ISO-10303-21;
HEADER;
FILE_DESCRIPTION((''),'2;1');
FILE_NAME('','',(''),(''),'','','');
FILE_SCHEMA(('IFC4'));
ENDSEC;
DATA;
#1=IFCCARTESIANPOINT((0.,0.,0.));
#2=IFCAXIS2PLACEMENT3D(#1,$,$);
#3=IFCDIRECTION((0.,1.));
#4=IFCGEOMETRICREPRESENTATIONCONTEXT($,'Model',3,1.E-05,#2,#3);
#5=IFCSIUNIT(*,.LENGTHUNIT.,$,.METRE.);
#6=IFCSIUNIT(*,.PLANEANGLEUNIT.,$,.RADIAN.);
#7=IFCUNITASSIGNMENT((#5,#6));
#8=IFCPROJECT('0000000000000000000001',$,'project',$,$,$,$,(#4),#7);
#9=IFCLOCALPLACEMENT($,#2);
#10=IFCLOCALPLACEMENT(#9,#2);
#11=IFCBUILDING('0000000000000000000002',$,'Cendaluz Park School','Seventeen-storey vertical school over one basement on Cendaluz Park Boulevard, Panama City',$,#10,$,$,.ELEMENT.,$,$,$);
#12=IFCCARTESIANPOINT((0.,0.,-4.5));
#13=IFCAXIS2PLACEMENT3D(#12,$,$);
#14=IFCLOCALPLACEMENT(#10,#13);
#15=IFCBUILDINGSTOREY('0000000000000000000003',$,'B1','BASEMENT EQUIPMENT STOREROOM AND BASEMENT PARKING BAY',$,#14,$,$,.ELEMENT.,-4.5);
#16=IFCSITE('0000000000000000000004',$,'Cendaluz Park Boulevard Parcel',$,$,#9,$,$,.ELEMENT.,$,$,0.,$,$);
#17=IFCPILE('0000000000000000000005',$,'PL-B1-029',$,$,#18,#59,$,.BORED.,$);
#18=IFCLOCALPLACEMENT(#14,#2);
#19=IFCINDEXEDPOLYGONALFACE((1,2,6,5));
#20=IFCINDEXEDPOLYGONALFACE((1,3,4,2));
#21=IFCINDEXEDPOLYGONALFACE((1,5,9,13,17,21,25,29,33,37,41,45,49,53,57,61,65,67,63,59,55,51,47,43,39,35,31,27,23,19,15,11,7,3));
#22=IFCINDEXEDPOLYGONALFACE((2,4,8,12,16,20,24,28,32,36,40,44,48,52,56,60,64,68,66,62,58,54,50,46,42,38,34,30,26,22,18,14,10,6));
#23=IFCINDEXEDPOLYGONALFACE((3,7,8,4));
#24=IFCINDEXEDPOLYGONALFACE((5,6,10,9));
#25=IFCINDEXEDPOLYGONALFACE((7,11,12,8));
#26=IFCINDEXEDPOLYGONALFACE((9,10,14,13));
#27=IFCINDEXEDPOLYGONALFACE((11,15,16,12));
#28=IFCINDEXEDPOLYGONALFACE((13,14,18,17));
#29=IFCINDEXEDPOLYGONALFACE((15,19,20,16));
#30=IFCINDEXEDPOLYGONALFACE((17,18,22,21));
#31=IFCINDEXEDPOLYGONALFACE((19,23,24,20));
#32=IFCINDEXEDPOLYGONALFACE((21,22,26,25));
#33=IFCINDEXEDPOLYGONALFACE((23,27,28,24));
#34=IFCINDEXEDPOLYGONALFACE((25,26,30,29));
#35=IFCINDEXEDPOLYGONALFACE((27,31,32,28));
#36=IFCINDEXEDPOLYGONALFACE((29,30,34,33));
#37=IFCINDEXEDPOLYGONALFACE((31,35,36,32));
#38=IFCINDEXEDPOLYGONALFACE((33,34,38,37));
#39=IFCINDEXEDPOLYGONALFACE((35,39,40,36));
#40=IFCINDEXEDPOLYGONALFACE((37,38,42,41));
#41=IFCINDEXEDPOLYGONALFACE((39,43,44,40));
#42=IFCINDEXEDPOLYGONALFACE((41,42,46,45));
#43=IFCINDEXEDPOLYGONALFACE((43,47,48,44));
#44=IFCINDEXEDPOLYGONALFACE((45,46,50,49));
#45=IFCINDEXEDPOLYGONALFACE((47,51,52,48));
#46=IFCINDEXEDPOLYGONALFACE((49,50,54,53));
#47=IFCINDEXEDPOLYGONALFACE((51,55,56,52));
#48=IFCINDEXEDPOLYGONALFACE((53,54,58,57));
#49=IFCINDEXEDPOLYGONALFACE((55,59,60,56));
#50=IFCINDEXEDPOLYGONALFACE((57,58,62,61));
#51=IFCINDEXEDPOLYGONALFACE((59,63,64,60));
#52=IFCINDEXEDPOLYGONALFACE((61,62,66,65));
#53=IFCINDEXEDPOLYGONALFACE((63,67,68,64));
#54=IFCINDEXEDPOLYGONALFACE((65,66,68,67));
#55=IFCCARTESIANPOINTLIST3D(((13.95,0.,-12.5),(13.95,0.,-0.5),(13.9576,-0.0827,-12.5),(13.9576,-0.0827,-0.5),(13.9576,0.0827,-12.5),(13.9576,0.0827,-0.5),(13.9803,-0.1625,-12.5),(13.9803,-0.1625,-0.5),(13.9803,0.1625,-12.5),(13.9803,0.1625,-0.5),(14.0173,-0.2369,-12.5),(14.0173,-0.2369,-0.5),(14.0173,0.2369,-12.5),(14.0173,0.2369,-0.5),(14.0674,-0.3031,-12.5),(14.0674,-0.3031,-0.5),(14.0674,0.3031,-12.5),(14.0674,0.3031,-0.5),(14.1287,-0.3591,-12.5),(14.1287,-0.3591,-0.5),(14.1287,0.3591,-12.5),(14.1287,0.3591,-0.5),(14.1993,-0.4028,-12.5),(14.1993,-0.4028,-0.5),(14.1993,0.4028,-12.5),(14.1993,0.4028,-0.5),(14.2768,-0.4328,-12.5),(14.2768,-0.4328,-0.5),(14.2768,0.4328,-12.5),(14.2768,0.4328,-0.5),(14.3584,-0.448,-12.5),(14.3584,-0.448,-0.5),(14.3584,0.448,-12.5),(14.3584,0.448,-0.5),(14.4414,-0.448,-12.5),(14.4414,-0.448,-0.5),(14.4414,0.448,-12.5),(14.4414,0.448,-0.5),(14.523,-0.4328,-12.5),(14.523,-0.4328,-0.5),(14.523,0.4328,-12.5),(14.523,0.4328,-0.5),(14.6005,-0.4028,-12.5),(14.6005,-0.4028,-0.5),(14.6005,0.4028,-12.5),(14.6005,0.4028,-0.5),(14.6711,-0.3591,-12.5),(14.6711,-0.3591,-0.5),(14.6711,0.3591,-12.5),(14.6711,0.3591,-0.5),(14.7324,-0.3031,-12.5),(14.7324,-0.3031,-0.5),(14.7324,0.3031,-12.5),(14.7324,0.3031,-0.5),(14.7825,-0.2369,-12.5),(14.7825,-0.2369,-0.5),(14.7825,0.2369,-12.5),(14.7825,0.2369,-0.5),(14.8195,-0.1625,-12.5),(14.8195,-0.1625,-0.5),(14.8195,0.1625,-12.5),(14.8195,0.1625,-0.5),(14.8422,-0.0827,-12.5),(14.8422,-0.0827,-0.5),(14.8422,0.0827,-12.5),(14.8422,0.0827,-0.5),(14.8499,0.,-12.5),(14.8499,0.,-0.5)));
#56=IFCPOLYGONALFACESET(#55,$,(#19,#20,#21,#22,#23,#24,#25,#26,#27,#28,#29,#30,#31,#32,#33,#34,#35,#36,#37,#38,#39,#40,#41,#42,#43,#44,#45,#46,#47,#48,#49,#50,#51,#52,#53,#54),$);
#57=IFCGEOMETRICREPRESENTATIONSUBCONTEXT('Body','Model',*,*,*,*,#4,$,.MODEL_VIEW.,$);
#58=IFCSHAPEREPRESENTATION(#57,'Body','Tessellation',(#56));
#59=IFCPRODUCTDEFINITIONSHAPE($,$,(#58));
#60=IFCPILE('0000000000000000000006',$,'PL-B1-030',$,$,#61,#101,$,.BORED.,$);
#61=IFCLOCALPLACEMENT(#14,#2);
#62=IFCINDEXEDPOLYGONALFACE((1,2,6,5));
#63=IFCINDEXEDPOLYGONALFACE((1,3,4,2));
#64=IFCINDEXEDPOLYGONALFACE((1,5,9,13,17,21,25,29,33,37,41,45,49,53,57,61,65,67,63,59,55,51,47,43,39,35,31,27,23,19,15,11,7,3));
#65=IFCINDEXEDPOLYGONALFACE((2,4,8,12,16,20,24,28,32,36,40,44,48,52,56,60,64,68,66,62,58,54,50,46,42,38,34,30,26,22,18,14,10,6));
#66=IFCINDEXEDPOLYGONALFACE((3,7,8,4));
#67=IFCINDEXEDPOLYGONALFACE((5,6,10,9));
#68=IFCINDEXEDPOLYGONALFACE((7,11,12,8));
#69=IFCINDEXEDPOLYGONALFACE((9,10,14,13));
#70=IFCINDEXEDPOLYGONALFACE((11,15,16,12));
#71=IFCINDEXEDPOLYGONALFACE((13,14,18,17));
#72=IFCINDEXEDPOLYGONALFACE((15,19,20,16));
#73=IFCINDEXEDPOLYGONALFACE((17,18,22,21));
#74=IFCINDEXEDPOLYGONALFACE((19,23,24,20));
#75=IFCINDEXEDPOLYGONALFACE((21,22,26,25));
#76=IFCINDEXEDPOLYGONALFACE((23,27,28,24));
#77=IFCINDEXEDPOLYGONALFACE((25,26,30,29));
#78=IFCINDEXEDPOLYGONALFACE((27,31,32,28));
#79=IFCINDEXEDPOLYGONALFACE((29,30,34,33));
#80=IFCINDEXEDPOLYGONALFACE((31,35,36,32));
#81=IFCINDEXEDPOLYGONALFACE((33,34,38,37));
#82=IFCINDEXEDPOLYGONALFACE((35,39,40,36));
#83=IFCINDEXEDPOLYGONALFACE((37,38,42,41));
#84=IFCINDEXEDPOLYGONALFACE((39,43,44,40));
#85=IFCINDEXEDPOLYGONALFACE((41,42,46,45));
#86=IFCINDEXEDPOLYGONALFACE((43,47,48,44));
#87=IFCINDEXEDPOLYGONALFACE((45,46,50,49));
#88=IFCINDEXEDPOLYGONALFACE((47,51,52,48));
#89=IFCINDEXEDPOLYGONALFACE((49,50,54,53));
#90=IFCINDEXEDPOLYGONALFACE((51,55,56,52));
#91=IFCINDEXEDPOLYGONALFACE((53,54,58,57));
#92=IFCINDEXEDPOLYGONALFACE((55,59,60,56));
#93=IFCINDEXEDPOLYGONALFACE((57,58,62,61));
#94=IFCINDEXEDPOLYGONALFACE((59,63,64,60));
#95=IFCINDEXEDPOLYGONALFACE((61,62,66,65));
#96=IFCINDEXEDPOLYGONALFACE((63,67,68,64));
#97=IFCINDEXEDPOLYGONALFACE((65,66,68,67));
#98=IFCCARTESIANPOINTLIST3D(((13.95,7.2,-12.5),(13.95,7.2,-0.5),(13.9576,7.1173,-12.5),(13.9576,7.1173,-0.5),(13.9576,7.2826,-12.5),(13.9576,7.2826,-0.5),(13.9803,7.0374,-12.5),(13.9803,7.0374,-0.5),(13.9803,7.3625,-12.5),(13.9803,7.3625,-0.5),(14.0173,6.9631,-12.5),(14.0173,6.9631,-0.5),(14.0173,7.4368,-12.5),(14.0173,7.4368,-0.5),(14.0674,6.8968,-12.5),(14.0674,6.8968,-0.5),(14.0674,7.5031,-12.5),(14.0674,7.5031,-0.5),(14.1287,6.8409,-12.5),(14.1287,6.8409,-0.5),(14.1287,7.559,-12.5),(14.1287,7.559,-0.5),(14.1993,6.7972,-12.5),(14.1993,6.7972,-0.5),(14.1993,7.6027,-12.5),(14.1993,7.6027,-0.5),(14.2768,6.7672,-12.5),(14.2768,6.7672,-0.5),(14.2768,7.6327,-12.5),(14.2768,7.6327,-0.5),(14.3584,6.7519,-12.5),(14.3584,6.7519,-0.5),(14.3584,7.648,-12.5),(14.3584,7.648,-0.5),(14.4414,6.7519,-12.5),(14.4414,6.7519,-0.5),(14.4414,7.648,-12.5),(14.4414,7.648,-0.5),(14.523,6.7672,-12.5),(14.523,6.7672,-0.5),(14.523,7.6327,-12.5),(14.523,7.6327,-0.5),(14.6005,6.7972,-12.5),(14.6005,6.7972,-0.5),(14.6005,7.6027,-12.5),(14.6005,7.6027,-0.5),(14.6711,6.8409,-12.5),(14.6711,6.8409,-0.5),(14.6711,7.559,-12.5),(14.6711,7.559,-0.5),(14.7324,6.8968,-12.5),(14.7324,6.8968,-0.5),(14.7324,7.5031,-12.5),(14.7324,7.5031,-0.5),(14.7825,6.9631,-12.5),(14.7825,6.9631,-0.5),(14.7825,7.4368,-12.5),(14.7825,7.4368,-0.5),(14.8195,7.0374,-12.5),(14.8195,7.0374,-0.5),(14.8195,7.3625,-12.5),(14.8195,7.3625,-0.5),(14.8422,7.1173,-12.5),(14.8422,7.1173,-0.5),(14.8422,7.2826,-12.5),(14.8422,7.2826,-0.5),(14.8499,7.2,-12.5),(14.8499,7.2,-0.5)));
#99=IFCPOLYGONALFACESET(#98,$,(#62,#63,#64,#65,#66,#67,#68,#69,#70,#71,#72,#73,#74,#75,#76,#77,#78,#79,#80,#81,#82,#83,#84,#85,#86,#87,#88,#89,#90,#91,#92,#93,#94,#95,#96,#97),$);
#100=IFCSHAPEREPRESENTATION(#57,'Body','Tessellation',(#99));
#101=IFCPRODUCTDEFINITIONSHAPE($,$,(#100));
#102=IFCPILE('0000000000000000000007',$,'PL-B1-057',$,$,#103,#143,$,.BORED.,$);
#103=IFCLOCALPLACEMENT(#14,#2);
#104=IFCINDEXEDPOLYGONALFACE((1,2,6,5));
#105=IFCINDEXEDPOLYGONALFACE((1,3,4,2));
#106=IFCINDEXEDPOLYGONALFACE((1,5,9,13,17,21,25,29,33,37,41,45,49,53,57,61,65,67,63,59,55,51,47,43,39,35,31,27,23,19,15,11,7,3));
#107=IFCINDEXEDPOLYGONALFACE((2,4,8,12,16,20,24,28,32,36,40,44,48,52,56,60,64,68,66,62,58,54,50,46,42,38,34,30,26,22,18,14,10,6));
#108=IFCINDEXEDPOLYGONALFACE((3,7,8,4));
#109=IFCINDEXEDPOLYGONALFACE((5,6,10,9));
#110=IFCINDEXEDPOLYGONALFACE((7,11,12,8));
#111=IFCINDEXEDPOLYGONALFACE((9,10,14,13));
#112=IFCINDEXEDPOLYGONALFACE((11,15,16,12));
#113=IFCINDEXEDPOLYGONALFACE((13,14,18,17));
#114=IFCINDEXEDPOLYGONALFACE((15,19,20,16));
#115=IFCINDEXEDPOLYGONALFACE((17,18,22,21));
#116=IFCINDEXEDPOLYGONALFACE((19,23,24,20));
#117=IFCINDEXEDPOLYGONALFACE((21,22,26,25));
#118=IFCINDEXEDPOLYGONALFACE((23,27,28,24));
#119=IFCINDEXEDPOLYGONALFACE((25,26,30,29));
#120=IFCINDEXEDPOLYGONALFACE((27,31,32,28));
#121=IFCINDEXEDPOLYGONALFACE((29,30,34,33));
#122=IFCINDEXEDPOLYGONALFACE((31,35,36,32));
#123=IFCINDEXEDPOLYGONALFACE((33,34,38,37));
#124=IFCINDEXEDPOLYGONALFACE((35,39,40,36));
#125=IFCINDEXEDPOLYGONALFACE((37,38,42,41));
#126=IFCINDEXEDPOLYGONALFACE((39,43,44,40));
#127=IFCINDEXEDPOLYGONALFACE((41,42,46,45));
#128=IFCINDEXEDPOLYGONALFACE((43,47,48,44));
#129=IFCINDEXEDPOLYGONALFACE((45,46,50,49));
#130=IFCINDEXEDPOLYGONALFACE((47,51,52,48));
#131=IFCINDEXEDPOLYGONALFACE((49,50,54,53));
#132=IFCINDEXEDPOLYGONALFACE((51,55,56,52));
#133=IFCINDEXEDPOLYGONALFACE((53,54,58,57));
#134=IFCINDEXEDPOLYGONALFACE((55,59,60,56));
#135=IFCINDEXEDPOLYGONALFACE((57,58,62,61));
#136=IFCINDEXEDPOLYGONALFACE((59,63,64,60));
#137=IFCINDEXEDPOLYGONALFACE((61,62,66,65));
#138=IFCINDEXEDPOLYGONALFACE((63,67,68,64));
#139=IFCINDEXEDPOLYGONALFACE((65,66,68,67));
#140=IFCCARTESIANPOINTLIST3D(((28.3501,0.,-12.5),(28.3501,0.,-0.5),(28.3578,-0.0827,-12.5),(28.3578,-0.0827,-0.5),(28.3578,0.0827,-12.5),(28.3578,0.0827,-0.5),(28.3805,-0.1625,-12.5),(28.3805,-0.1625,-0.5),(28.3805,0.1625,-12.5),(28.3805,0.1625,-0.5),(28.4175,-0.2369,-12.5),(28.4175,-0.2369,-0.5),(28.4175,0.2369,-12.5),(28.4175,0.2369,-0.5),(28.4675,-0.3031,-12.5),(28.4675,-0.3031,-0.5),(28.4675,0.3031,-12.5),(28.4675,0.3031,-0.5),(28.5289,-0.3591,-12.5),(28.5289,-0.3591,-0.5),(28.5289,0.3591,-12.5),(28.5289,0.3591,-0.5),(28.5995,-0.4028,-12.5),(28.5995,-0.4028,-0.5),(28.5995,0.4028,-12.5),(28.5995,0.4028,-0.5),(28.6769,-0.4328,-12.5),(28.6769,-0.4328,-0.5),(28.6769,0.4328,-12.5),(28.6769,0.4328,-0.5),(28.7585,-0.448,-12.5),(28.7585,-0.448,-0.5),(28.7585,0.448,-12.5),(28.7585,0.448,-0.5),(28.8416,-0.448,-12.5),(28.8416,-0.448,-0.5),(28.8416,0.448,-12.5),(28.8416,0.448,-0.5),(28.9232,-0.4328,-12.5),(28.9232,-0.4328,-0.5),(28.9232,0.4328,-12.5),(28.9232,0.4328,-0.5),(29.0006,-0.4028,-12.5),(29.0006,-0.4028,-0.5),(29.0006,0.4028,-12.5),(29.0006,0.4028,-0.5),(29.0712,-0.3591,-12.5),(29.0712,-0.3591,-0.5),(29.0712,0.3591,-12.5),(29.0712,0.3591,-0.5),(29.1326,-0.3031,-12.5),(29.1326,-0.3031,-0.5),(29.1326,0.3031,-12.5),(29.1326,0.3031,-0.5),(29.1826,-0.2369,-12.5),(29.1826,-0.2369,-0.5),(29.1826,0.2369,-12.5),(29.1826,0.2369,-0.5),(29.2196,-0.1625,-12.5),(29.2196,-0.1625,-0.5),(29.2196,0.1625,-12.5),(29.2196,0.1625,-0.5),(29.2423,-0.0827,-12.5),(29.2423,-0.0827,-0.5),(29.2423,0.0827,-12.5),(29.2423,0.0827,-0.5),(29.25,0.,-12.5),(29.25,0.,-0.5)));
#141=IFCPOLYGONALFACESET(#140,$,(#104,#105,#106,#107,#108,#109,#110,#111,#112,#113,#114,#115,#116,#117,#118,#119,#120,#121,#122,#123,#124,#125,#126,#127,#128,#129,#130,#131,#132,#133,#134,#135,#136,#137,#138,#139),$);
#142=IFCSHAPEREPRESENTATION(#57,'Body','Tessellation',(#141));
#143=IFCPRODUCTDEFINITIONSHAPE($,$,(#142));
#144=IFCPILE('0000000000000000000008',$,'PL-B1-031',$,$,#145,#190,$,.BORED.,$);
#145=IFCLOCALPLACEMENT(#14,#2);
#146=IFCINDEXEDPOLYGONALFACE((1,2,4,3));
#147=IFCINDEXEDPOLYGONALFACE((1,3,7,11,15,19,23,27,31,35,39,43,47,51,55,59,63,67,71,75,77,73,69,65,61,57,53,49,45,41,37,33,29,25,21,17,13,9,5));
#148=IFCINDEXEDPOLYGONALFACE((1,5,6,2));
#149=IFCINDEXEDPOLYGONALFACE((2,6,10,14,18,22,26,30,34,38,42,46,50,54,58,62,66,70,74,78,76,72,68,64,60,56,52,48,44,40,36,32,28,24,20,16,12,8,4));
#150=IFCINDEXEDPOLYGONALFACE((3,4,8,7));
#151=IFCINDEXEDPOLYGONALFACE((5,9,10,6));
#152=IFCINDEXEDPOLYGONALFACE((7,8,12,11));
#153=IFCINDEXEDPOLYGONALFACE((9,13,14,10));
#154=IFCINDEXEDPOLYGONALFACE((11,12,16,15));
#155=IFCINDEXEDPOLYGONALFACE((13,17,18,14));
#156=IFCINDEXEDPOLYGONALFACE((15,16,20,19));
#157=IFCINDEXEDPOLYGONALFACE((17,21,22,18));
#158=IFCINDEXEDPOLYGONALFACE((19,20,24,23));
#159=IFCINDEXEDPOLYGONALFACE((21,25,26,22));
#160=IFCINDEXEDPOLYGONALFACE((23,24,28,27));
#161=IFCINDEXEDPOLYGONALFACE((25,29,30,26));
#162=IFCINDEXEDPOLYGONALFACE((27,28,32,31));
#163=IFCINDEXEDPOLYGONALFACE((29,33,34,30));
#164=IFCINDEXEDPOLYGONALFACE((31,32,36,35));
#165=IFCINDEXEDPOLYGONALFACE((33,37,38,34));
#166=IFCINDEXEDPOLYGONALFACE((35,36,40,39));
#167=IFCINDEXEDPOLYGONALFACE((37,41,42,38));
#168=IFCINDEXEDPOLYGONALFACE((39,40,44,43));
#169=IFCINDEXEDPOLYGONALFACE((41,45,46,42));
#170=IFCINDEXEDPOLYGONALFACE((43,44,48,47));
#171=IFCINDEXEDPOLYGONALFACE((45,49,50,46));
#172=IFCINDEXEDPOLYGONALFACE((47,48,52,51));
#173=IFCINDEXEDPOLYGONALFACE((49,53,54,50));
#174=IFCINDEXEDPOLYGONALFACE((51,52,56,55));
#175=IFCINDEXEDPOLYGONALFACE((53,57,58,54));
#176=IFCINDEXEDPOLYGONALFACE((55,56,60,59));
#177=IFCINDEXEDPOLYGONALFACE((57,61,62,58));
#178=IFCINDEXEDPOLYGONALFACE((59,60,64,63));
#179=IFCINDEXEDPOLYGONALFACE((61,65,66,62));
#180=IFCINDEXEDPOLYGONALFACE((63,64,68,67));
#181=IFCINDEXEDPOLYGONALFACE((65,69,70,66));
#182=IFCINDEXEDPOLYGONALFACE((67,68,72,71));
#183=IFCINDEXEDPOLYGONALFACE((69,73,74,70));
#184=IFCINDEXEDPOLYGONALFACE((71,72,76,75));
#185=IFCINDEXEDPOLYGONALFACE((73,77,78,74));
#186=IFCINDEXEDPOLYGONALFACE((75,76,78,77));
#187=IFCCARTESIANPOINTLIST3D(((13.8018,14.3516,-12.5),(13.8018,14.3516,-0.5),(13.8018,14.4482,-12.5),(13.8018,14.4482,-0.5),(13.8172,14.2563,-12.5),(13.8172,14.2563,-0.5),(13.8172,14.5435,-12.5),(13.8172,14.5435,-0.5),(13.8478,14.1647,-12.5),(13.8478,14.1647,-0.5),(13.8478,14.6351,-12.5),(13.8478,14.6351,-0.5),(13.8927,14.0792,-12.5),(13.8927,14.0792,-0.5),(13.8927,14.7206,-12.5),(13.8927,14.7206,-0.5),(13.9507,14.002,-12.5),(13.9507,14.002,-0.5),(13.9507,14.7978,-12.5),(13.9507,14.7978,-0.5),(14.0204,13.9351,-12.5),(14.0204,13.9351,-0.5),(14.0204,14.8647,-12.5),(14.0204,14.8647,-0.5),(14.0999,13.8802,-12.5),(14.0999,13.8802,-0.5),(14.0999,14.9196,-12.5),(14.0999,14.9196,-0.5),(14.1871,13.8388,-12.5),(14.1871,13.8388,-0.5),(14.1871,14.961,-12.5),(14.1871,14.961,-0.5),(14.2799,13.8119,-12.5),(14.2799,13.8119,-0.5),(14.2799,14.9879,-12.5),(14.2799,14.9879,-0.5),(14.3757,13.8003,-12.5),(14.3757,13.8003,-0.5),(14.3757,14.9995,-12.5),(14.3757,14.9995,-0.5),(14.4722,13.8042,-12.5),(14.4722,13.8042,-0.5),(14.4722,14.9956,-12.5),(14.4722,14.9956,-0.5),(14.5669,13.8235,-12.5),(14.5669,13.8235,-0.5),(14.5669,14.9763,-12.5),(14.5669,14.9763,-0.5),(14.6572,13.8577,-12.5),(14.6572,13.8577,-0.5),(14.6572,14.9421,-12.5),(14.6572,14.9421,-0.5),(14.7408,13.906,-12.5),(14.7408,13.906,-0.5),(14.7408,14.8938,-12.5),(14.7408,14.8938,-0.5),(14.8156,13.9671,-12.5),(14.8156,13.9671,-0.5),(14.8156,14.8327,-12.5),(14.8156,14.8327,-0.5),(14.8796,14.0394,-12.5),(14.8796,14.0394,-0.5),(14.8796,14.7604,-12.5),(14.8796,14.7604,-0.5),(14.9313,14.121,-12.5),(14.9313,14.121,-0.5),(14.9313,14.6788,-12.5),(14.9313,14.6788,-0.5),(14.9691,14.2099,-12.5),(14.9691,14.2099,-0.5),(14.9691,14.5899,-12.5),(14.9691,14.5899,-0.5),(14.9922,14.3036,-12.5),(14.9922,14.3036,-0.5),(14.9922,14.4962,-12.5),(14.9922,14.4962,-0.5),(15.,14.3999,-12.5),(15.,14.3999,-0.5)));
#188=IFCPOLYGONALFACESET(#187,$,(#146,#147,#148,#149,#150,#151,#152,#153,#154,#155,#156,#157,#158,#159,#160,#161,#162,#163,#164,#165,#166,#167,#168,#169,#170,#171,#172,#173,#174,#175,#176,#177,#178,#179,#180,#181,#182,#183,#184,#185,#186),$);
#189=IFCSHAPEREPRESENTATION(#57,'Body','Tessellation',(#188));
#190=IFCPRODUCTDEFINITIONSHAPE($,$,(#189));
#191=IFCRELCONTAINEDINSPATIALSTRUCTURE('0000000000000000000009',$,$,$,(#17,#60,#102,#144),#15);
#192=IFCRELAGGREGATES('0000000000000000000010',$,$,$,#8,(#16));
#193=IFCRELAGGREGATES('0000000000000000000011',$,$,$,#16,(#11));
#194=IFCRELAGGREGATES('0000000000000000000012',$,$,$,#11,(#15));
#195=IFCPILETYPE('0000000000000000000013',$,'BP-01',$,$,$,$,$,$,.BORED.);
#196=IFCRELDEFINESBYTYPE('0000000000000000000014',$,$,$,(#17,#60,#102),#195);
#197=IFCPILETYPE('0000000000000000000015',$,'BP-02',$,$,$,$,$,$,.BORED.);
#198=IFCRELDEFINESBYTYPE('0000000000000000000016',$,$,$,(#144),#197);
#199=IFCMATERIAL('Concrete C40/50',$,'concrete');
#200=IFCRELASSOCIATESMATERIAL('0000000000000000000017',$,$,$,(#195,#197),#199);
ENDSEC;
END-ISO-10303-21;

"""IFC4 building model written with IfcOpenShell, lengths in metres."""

from ifc_helpers import new_model, si_unit, direction, frame, origin, origin_2d, place, context, subcontext, project, spatial, circle, extrude, material, material_profile, profile_set, type_object, element, save


model = new_model("IFC4")

# Units and contexts
model_context = context("Model", 3, precision=1e-05, world=origin(), true_north=direction((0.0, 1.0)))
body_context = subcontext(model_context, "Body", "Model", "MODEL_VIEW")
ifc_project = project(units=[si_unit("LENGTHUNIT", "METRE"), si_unit("PLANEANGLEUNIT", "RADIAN")], contexts=[model_context])

# Site, building, storey
site_placement = place(None, origin())
site = spatial("IfcSite", under=ifc_project, at=site_placement, Name="Cendaluz Park Boulevard Parcel", CompositionType="ELEMENT", RefElevation=0.0)
building_placement = place(site_placement, origin())
building = spatial("IfcBuilding", under=site, at=building_placement, Name="Cendaluz Park School", Description="Seventeen-storey vertical school over one basement on Cendaluz Park Boulevard, Panama City", CompositionType="ELEMENT")
storey_placement = place(building_placement, frame((0.0, 0.0, -4.5)))
storey = spatial("IfcBuildingStorey", under=building, at=storey_placement, Name="B1", Description="BASEMENT EQUIPMENT STOREROOM AND BASEMENT PARKING BAY", CompositionType="ELEMENT", Elevation=-4.5)

# Piles
ifc_material_1 = material(Name="Concrete C40/50", Category="concrete")
ifc_material_profile_1 = material_profile(ifc_material_1, circle(Radius=0.45, at=origin_2d()), Name="BP D900", Category="concrete")
ifc_profile_set_1 = profile_set([ifc_material_profile_1], Name="Concrete C40/50")
pile_type_1 = type_object("IfcPileType", Name="BP-01", PredefinedType="BORED", material=ifc_profile_set_1)
for number, where, z_axis, x_axis, name in (
    (1, (14.3999, 0.0, -0.5), (0.0, 0.0, -1.0), (1.0, 0.0, 0.0), "PL-B1-029"),
    (2, (14.3999, 7.2, -0.5), (0.0, 0.0, -1.0), (1.0, 0.0, 0.0), "PL-B1-030"),
    (3, (28.8, 0.0, -0.5), (0.0, 0.0, -1.0), (1.0, 0.0, 0.0), "PL-B1-057"),
):
    element("IfcPile", number, at=place(storey_placement, frame(where, z_axis=z_axis, x_axis=x_axis)), inside=storey, type_object=pile_type_1, Name=name, PredefinedType="BORED", context=body_context, shape_type="SweptSolid", body=[
        extrude(circle(Radius=0.45, at=origin_2d()), origin(), (0.0, 0.0, 1.0), 12.0),
    ])
ifc_material_profile_2 = material_profile(ifc_material_1, circle(Radius=0.6001, at=origin_2d()), Name="BP D1200", Category="concrete")
ifc_profile_set_2 = profile_set([ifc_material_profile_2], Name="Concrete C40/50")
pile_type_2 = type_object("IfcPileType", Name="BP-02", PredefinedType="BORED", material=ifc_profile_set_2)
for number, where, z_axis, x_axis, name in (
    (4, (14.3999, 14.3999, -0.5), (0.0, 0.0, -1.0), (1.0, 0.0, 0.0), "PL-B1-031"),
):
    element("IfcPile", number, at=place(storey_placement, frame(where, z_axis=z_axis, x_axis=x_axis)), inside=storey, type_object=pile_type_2, Name=name, PredefinedType="BORED", context=body_context, shape_type="SweptSolid", body=[
        extrude(circle(Radius=0.6001, at=origin_2d()), origin(), (0.0, 0.0, 1.0), 12.0),
    ])

save(model, "model.ifc")
